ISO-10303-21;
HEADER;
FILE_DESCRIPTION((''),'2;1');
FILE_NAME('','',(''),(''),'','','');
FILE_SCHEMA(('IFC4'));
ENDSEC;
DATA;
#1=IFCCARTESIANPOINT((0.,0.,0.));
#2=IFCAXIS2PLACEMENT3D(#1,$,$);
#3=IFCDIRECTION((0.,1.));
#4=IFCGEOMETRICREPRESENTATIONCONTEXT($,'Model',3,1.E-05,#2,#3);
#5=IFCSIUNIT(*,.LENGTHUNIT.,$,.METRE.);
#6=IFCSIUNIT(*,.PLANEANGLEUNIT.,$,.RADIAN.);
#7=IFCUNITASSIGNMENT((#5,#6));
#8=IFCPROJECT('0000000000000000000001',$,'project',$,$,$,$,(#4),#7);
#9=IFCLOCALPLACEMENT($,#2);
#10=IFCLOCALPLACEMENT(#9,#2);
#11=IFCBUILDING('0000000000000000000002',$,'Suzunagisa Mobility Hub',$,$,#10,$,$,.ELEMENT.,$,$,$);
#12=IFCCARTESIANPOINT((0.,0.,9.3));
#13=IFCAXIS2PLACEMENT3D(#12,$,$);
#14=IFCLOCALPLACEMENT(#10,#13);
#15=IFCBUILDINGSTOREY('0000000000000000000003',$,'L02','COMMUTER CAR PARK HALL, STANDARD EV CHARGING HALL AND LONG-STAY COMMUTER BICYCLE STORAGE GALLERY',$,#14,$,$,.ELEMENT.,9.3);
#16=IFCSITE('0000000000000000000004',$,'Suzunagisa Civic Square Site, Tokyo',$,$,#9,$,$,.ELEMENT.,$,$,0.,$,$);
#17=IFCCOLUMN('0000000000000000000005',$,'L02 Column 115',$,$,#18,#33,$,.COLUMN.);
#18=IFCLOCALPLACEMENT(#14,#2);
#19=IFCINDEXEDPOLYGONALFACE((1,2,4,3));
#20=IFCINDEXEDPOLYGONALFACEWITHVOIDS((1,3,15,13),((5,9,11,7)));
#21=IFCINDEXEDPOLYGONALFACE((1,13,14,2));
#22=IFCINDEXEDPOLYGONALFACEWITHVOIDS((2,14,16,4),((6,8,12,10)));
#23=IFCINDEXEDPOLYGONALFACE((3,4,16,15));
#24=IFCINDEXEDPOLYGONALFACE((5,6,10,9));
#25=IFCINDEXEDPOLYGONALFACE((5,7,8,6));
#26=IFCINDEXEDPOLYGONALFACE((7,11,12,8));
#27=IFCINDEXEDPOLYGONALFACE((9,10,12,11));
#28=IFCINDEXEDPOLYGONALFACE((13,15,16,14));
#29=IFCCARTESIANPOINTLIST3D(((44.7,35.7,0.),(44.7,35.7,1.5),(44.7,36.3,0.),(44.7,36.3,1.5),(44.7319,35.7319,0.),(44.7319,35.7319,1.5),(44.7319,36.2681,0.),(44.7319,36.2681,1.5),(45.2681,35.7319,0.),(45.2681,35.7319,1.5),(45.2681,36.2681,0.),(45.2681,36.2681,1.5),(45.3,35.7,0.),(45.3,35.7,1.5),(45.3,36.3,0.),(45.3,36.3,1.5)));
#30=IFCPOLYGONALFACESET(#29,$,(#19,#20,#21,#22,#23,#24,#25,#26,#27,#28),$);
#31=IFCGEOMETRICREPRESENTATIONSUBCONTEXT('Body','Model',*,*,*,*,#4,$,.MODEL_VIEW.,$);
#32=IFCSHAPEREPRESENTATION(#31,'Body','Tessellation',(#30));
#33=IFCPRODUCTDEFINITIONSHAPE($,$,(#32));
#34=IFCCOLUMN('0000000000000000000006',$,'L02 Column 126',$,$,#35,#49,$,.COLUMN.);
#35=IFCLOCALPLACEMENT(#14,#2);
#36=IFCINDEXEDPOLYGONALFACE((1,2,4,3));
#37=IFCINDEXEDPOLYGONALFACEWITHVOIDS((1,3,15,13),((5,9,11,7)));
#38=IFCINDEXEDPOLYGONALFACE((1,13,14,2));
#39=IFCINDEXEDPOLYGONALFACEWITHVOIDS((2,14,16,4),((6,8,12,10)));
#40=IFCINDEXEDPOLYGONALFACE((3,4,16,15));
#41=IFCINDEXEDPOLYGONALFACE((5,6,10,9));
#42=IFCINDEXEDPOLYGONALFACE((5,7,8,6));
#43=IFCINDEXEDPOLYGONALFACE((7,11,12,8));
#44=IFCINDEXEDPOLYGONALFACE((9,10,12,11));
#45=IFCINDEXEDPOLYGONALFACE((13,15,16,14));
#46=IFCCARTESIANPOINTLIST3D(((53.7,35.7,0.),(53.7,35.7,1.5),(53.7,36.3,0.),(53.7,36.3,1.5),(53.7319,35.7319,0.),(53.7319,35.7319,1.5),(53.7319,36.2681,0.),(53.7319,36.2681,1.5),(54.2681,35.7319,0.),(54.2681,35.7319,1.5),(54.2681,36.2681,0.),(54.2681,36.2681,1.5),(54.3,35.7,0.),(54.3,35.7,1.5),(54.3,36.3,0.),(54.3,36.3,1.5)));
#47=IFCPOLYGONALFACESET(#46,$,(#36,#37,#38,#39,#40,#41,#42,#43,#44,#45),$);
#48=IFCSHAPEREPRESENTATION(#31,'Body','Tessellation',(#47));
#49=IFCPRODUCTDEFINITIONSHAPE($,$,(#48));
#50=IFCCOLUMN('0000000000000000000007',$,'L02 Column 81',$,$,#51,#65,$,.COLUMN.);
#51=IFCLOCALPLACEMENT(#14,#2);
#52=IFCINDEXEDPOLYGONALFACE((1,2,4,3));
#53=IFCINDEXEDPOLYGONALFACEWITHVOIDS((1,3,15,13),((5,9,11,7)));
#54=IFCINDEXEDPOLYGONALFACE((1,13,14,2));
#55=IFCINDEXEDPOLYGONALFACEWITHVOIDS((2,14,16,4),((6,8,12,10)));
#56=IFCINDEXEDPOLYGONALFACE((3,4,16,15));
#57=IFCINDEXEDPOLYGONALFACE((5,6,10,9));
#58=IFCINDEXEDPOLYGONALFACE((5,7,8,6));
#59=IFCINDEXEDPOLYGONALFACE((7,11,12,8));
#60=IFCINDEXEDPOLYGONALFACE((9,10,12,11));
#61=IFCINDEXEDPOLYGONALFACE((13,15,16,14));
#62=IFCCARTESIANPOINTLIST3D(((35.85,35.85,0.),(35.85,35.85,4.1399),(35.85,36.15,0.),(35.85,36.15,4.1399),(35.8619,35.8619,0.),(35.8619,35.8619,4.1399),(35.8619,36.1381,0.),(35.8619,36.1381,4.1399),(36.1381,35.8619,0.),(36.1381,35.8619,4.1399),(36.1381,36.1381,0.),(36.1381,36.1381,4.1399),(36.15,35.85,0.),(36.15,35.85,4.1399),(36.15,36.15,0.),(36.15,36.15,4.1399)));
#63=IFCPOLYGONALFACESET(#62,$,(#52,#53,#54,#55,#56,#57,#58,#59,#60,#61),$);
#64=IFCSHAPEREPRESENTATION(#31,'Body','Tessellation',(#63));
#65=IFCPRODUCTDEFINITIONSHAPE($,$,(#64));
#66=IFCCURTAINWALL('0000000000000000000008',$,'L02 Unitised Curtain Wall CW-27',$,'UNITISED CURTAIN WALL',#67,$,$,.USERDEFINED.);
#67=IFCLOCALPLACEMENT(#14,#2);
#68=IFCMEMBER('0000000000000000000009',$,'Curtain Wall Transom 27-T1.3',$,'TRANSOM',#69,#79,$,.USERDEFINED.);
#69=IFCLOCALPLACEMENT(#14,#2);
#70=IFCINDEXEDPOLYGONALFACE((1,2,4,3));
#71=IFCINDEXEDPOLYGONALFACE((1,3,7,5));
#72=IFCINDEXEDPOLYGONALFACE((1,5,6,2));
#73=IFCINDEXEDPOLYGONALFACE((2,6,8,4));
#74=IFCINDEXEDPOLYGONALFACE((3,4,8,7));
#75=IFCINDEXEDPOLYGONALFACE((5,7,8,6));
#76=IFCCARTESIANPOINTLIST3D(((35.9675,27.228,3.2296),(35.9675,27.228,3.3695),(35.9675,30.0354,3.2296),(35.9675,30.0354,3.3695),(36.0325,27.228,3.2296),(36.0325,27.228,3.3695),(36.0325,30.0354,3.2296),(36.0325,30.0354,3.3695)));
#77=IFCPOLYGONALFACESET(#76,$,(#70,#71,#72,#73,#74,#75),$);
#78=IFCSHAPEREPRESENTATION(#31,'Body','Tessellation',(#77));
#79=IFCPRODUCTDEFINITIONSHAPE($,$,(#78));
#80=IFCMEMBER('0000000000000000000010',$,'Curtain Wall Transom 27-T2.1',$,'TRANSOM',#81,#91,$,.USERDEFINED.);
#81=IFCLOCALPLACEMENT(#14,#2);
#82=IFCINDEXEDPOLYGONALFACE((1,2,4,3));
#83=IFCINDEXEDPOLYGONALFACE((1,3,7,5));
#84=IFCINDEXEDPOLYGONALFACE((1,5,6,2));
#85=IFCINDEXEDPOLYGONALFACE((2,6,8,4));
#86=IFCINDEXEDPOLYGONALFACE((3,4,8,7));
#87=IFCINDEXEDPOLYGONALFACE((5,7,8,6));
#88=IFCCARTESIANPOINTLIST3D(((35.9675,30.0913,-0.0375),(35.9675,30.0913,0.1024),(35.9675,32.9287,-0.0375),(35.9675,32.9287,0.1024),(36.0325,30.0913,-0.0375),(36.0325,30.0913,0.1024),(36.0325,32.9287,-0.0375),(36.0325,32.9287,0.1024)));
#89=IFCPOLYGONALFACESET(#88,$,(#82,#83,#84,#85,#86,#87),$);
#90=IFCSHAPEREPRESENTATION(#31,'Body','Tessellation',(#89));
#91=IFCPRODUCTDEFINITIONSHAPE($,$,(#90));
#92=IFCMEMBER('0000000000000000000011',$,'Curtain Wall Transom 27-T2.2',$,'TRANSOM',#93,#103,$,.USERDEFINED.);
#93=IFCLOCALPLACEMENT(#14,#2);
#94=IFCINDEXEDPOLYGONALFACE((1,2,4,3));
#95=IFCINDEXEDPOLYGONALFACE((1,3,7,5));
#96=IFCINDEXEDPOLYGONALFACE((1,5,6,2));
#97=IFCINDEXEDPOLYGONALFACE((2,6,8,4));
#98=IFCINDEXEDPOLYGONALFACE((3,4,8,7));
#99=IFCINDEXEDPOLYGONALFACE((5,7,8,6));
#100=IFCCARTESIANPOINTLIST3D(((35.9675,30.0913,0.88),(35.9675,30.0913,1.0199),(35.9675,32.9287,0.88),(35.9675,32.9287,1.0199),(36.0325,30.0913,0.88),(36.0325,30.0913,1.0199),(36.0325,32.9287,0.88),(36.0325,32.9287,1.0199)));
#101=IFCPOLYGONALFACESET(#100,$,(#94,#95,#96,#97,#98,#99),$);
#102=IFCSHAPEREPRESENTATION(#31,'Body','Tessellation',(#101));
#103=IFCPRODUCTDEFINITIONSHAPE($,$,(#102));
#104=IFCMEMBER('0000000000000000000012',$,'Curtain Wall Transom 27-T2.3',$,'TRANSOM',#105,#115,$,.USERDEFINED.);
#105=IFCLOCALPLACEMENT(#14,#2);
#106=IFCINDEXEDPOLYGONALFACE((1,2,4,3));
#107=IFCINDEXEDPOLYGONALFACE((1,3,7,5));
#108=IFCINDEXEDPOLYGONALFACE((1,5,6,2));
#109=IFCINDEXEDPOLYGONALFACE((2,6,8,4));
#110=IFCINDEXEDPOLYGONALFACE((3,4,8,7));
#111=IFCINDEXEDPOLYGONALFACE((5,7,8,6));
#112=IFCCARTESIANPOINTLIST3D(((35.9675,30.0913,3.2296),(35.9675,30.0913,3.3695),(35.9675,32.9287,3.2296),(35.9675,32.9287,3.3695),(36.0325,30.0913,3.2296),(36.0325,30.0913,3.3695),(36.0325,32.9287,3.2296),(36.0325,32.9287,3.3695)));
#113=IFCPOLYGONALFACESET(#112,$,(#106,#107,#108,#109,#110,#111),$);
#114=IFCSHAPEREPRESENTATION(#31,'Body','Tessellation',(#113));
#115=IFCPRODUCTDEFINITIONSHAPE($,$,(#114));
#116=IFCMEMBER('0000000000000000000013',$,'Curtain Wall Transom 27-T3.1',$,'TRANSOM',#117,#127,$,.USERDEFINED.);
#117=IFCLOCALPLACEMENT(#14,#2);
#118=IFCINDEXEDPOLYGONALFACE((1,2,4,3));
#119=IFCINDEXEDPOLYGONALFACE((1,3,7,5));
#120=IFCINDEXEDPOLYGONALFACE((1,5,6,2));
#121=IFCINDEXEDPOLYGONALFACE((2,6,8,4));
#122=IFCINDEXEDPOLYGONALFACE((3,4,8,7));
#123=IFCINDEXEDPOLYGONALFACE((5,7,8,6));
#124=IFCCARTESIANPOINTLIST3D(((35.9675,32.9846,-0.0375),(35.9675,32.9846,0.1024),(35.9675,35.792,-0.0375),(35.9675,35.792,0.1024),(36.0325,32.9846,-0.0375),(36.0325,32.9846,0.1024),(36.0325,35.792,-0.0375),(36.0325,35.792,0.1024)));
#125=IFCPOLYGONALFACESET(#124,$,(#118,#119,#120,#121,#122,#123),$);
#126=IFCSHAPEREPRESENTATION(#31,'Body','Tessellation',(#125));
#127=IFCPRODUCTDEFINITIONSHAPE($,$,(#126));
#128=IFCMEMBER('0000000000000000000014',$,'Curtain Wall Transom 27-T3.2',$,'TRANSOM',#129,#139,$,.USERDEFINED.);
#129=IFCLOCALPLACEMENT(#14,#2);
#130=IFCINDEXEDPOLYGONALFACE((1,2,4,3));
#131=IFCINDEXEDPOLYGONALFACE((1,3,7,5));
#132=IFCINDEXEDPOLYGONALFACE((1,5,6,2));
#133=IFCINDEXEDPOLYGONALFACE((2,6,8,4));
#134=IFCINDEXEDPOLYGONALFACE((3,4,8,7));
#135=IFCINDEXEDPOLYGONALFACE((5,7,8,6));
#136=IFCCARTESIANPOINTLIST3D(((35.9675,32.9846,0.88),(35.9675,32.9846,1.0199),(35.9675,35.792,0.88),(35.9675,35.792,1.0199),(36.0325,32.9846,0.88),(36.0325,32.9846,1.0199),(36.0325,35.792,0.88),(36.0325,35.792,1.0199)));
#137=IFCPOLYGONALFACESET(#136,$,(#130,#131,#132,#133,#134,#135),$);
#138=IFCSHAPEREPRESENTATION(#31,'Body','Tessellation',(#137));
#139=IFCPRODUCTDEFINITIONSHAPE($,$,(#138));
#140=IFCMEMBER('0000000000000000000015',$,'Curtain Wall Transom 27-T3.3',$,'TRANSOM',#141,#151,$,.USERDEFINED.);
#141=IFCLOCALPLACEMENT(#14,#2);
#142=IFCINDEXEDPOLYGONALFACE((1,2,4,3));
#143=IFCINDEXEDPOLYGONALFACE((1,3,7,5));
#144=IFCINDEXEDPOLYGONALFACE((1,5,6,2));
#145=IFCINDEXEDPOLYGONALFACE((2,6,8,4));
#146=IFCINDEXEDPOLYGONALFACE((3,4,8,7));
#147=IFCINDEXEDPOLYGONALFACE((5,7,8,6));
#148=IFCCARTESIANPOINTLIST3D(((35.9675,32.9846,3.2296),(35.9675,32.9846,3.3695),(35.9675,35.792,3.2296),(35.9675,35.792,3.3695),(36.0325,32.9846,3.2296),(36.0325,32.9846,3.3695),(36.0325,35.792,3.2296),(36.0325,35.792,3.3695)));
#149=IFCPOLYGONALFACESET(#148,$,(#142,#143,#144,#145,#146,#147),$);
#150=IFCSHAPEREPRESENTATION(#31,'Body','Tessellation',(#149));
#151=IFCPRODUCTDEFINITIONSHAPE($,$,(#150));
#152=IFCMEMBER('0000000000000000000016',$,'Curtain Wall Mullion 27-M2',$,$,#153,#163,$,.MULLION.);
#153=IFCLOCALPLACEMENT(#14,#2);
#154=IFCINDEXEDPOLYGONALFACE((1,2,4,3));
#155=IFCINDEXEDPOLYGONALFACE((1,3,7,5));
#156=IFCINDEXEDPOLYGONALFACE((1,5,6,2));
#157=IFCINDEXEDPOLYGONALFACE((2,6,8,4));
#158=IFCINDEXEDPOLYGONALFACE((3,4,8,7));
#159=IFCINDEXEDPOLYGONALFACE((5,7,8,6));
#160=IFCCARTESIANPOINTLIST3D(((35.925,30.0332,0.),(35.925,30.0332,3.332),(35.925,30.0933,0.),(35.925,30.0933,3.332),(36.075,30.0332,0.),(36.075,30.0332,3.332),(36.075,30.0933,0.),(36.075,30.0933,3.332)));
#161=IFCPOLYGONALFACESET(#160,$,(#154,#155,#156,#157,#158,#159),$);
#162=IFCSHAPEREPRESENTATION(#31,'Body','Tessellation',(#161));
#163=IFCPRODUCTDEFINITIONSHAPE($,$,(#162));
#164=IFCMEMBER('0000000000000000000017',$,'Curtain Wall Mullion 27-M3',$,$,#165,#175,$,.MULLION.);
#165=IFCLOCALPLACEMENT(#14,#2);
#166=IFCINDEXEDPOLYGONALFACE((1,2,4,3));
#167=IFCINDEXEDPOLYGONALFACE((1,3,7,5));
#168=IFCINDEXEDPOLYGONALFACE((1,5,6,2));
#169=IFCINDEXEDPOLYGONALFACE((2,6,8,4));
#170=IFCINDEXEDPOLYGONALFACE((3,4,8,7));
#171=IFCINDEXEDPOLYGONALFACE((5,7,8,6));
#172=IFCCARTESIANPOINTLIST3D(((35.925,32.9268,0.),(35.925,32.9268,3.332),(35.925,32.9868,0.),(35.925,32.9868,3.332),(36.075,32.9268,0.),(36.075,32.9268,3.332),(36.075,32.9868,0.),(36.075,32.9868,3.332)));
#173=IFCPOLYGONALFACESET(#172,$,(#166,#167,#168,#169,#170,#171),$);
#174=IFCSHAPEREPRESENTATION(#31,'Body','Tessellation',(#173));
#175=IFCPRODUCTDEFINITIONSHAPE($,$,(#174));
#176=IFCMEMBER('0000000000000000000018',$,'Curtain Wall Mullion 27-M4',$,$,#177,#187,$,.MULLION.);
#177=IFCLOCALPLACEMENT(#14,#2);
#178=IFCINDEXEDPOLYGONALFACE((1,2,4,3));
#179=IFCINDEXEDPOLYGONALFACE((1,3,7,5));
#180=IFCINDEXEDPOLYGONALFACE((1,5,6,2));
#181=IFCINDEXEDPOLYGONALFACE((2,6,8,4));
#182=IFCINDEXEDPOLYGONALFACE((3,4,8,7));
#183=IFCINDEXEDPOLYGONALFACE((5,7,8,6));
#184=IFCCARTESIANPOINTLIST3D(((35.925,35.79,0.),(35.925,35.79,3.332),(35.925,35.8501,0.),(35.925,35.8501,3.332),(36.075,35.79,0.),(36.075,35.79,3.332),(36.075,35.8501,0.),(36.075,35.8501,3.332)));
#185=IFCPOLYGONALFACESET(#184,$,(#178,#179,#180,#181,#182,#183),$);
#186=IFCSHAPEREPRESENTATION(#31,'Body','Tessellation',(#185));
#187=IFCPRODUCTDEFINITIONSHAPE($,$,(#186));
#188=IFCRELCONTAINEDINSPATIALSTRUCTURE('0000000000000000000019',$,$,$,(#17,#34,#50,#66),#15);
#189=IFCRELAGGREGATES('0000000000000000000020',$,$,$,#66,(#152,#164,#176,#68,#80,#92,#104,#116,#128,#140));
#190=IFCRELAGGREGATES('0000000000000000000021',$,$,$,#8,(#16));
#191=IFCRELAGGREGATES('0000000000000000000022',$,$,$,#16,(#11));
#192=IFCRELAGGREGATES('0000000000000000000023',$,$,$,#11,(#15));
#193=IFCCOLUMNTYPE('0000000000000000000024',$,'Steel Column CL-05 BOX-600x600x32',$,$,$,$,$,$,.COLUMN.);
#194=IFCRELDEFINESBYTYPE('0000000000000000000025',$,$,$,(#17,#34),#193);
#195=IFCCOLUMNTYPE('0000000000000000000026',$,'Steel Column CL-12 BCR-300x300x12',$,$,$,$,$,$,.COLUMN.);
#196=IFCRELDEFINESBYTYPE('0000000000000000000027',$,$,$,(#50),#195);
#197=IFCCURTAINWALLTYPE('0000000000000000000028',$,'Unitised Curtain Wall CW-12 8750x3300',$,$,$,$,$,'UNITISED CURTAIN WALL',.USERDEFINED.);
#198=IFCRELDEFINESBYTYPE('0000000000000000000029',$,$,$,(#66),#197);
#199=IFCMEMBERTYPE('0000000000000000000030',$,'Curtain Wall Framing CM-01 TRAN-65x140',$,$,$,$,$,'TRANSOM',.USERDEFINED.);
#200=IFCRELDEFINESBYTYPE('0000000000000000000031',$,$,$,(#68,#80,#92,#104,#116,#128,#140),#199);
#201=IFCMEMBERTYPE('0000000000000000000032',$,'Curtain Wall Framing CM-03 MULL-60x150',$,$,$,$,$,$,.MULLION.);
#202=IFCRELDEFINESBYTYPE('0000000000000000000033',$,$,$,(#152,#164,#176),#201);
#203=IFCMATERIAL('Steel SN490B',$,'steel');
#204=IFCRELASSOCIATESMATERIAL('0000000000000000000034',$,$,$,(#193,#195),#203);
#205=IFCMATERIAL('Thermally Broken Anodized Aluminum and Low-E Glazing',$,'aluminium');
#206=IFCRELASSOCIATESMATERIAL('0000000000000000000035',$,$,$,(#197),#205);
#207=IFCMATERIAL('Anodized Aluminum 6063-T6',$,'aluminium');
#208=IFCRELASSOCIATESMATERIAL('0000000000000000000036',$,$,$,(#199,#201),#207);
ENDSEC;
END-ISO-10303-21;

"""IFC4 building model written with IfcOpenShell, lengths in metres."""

from ifc_helpers import new_model, si_unit, direction, frame, origin, origin_2d, place, context, subcontext, project, spatial, rectangle, hollow_rectangle, extrude, material, material_profile, profile_set, type_object, element, aggregate, save


model = new_model("IFC4")

# Units and contexts
model_context = context("Model", 3, precision=1e-05, world=origin(), true_north=direction((0.0, 1.0)))
body_context = subcontext(model_context, "Body", "Model", "MODEL_VIEW")
ifc_project = project(units=[si_unit("LENGTHUNIT", "METRE"), si_unit("PLANEANGLEUNIT", "RADIAN")], contexts=[model_context])

# Site, building, storey
site_placement = place(None, origin())
site = spatial("IfcSite", under=ifc_project, at=site_placement, Name="Suzunagisa Civic Square Site, Tokyo", CompositionType="ELEMENT", RefElevation=0.0)
building_placement = place(site_placement, origin())
building = spatial("IfcBuilding", under=site, at=building_placement, Name="Suzunagisa Mobility Hub", CompositionType="ELEMENT")
storey_placement = place(building_placement, frame((0.0, 0.0, 9.3)))
storey = spatial("IfcBuildingStorey", under=building, at=storey_placement, Name="L02", Description="COMMUTER CAR PARK HALL, STANDARD EV CHARGING HALL AND LONG-STAY COMMUTER BICYCLE STORAGE GALLERY", CompositionType="ELEMENT", Elevation=9.3)

# Columns
ifc_material_1 = material(Name="Steel SN490B", Category="steel")
ifc_material_profile_1 = material_profile(ifc_material_1, hollow_rectangle(XDim=0.6001, YDim=0.6001, WallThickness=0.032, at=origin_2d()), Name="BOX-600x600x32")
ifc_profile_set_1 = profile_set([ifc_material_profile_1], Name="Steel SN490B")
column_type_1 = type_object("IfcColumnType", Name="Steel Column CL-05 BOX-600x600x32", PredefinedType="COLUMN", material=ifc_profile_set_1)
for number, where, z_axis, x_axis, name in (
    (1, (45.0, 36.0, 0.0), (0.0, 0.0, 1.0), (1.0, 0.0, 0.0), "L02 Column 115"),
    (2, (54.0, 36.0, 0.0), (0.0, 0.0, 1.0), (1.0, 0.0, 0.0), "L02 Column 126"),
):
    element("IfcColumn", number, at=place(storey_placement, frame(where, z_axis=z_axis, x_axis=x_axis)), inside=storey, type_object=column_type_1, Name=name, PredefinedType="COLUMN", context=body_context, shape_type="SweptSolid", body=[
        extrude(hollow_rectangle(XDim=0.6001, YDim=0.6001, WallThickness=0.032, at=origin_2d()), origin(), (0.0, 0.0, 1.0), 1.5),
    ])
ifc_material_profile_2 = material_profile(ifc_material_1, hollow_rectangle(XDim=0.3, YDim=0.3, WallThickness=0.012, at=origin_2d()), Name="BCR-300x300x12")
ifc_profile_set_2 = profile_set([ifc_material_profile_2], Name="Steel SN490B")
column_type_2 = type_object("IfcColumnType", Name="Steel Column CL-12 BCR-300x300x12", PredefinedType="COLUMN", material=ifc_profile_set_2)
column_placement = place(storey_placement, frame((36.0, 36.0, 0.0), z_axis=(0.0, 0.0, 1.0), x_axis=(1.0, 0.0, 0.0)))
element("IfcColumn", 3, at=column_placement, inside=storey, type_object=column_type_2, Name="L02 Column 81", PredefinedType="COLUMN", context=body_context, shape_type="SweptSolid", body=[
    extrude(hollow_rectangle(XDim=0.3, YDim=0.3, WallThickness=0.012, at=origin_2d()), origin(), (0.0, 0.0, 1.0), 4.1399),
])

# Curtain wall, members
ifc_material_2 = material(Name="Thermally Broken Anodized Aluminum and Low-E Glazing", Category="aluminium")
curtain_wall_type = type_object("IfcCurtainWallType", Name="Unitised Curtain Wall CW-12 8750x3300", ElementType="UNITISED CURTAIN WALL", PredefinedType="USERDEFINED", material=ifc_material_2)
curtain_wall_placement = place(storey_placement, origin())
curtain_wall = element("IfcCurtainWall", 4, at=curtain_wall_placement, inside=storey, type_object=curtain_wall_type, Name="L02 Unitised Curtain Wall CW-27", ObjectType="UNITISED CURTAIN WALL", PredefinedType="USERDEFINED")
ifc_material_3 = material(Name="Anodized Aluminum 6063-T6", Category="aluminium")
ifc_material_profile_3 = material_profile(ifc_material_3, rectangle(XDim=0.0649, YDim=0.1399, at=origin_2d()), Name="TRAN-65x140")
ifc_profile_set_3 = profile_set([ifc_material_profile_3], Name="Anodized Aluminum 6063-T6")
member_type_1 = type_object("IfcMemberType", Name="Curtain Wall Framing CM-01 TRAN-65x140", ElementType="TRANSOM", PredefinedType="USERDEFINED", material=ifc_profile_set_3)
member_1_placement = place(storey_placement, frame((36.0, 27.228, 3.2996), z_axis=(0.0, 1.0, 0.0), x_axis=(-1.0, 0.0, 0.0)))
member_1 = element("IfcMember", 5, at=member_1_placement, type_object=member_type_1, Name="Curtain Wall Transom 27-T1.3", ObjectType="TRANSOM", PredefinedType="USERDEFINED", context=body_context, shape_type="SweptSolid", body=[
    extrude(rectangle(XDim=0.0649, YDim=0.1399, at=origin_2d()), origin(), (0.0, 0.0, 1.0), 2.8074),
])
member_2_placement = place(storey_placement, frame((36.0, 30.0913, 0.0325), z_axis=(0.0, 1.0, 0.0), x_axis=(-1.0, 0.0, 0.0)))
member_2 = element("IfcMember", 6, at=member_2_placement, type_object=member_type_1, Name="Curtain Wall Transom 27-T2.1", ObjectType="TRANSOM", PredefinedType="USERDEFINED", context=body_context, shape_type="SweptSolid", body=[
    extrude(rectangle(XDim=0.0649, YDim=0.1399, at=origin_2d()), origin(), (0.0, 0.0, 1.0), 2.8374),
])
member_3_placement = place(storey_placement, frame((36.0, 30.0913, 0.95), z_axis=(0.0, 1.0, 0.0), x_axis=(-1.0, 0.0, 0.0)))
member_3 = element("IfcMember", 7, at=member_3_placement, type_object=member_type_1, Name="Curtain Wall Transom 27-T2.2", ObjectType="TRANSOM", PredefinedType="USERDEFINED", context=body_context, shape_type="SweptSolid", body=[
    extrude(rectangle(XDim=0.0649, YDim=0.1399, at=origin_2d()), origin(), (0.0, 0.0, 1.0), 2.8374),
])
member_4_placement = place(storey_placement, frame((36.0, 30.0913, 3.2996), z_axis=(0.0, 1.0, 0.0), x_axis=(-1.0, 0.0, 0.0)))
member_4 = element("IfcMember", 8, at=member_4_placement, type_object=member_type_1, Name="Curtain Wall Transom 27-T2.3", ObjectType="TRANSOM", PredefinedType="USERDEFINED", context=body_context, shape_type="SweptSolid", body=[
    extrude(rectangle(XDim=0.0649, YDim=0.1399, at=origin_2d()), origin(), (0.0, 0.0, 1.0), 2.8374),
])
member_5_placement = place(storey_placement, frame((36.0, 32.9846, 0.0325), z_axis=(0.0, 1.0, 0.0), x_axis=(-1.0, 0.0, 0.0)))
member_5 = element("IfcMember", 9, at=member_5_placement, type_object=member_type_1, Name="Curtain Wall Transom 27-T3.1", ObjectType="TRANSOM", PredefinedType="USERDEFINED", context=body_context, shape_type="SweptSolid", body=[
    extrude(rectangle(XDim=0.0649, YDim=0.1399, at=origin_2d()), origin(), (0.0, 0.0, 1.0), 2.8074),
])
member_6_placement = place(storey_placement, frame((36.0, 32.9846, 0.95), z_axis=(0.0, 1.0, 0.0), x_axis=(-1.0, 0.0, 0.0)))
member_6 = element("IfcMember", 10, at=member_6_placement, type_object=member_type_1, Name="Curtain Wall Transom 27-T3.2", ObjectType="TRANSOM", PredefinedType="USERDEFINED", context=body_context, shape_type="SweptSolid", body=[
    extrude(rectangle(XDim=0.0649, YDim=0.1399, at=origin_2d()), origin(), (0.0, 0.0, 1.0), 2.8074),
])
member_7_placement = place(storey_placement, frame((36.0, 32.9846, 3.2996), z_axis=(0.0, 1.0, 0.0), x_axis=(-1.0, 0.0, 0.0)))
member_7 = element("IfcMember", 11, at=member_7_placement, type_object=member_type_1, Name="Curtain Wall Transom 27-T3.3", ObjectType="TRANSOM", PredefinedType="USERDEFINED", context=body_context, shape_type="SweptSolid", body=[
    extrude(rectangle(XDim=0.0649, YDim=0.1399, at=origin_2d()), origin(), (0.0, 0.0, 1.0), 2.8074),
])
ifc_material_profile_4 = material_profile(ifc_material_3, rectangle(XDim=0.0601, YDim=0.1499, at=origin_2d()), Name="MULL-60x150")
ifc_profile_set_4 = profile_set([ifc_material_profile_4], Name="Anodized Aluminum 6063-T6")
member_type_2 = type_object("IfcMemberType", Name="Curtain Wall Framing CM-03 MULL-60x150", PredefinedType="MULLION", material=ifc_profile_set_4)
member_8_placement = place(storey_placement, frame((36.0, 30.0632, 0.0), z_axis=(0.0, 0.0, 1.0), x_axis=(0.0, 1.0, 0.0)))
member_8 = element("IfcMember", 12, at=member_8_placement, type_object=member_type_2, Name="Curtain Wall Mullion 27-M2", PredefinedType="MULLION", context=body_context, shape_type="SweptSolid", body=[
    extrude(rectangle(XDim=0.0601, YDim=0.1499, at=origin_2d()), origin(), (0.0, 0.0, 1.0), 3.332),
])
member_9_placement = place(storey_placement, frame((36.0, 32.9568, 0.0), z_axis=(0.0, 0.0, 1.0), x_axis=(0.0, 1.0, 0.0)))
member_9 = element("IfcMember", 13, at=member_9_placement, type_object=member_type_2, Name="Curtain Wall Mullion 27-M3", PredefinedType="MULLION", context=body_context, shape_type="SweptSolid", body=[
    extrude(rectangle(XDim=0.0601, YDim=0.1499, at=origin_2d()), origin(), (0.0, 0.0, 1.0), 3.332),
])
member_10_placement = place(storey_placement, frame((36.0, 35.8201, 0.0), z_axis=(0.0, 0.0, 1.0), x_axis=(0.0, 1.0, 0.0)))
member_10 = element("IfcMember", 14, at=member_10_placement, type_object=member_type_2, Name="Curtain Wall Mullion 27-M4", PredefinedType="MULLION", context=body_context, shape_type="SweptSolid", body=[
    extrude(rectangle(XDim=0.0601, YDim=0.1499, at=origin_2d()), origin(), (0.0, 0.0, 1.0), 3.332),
])

aggregate(curtain_wall, [member_8, member_9, member_10, member_1, member_2, member_3, member_4, member_5, member_6, member_7])

save(model, "model.ifc")
